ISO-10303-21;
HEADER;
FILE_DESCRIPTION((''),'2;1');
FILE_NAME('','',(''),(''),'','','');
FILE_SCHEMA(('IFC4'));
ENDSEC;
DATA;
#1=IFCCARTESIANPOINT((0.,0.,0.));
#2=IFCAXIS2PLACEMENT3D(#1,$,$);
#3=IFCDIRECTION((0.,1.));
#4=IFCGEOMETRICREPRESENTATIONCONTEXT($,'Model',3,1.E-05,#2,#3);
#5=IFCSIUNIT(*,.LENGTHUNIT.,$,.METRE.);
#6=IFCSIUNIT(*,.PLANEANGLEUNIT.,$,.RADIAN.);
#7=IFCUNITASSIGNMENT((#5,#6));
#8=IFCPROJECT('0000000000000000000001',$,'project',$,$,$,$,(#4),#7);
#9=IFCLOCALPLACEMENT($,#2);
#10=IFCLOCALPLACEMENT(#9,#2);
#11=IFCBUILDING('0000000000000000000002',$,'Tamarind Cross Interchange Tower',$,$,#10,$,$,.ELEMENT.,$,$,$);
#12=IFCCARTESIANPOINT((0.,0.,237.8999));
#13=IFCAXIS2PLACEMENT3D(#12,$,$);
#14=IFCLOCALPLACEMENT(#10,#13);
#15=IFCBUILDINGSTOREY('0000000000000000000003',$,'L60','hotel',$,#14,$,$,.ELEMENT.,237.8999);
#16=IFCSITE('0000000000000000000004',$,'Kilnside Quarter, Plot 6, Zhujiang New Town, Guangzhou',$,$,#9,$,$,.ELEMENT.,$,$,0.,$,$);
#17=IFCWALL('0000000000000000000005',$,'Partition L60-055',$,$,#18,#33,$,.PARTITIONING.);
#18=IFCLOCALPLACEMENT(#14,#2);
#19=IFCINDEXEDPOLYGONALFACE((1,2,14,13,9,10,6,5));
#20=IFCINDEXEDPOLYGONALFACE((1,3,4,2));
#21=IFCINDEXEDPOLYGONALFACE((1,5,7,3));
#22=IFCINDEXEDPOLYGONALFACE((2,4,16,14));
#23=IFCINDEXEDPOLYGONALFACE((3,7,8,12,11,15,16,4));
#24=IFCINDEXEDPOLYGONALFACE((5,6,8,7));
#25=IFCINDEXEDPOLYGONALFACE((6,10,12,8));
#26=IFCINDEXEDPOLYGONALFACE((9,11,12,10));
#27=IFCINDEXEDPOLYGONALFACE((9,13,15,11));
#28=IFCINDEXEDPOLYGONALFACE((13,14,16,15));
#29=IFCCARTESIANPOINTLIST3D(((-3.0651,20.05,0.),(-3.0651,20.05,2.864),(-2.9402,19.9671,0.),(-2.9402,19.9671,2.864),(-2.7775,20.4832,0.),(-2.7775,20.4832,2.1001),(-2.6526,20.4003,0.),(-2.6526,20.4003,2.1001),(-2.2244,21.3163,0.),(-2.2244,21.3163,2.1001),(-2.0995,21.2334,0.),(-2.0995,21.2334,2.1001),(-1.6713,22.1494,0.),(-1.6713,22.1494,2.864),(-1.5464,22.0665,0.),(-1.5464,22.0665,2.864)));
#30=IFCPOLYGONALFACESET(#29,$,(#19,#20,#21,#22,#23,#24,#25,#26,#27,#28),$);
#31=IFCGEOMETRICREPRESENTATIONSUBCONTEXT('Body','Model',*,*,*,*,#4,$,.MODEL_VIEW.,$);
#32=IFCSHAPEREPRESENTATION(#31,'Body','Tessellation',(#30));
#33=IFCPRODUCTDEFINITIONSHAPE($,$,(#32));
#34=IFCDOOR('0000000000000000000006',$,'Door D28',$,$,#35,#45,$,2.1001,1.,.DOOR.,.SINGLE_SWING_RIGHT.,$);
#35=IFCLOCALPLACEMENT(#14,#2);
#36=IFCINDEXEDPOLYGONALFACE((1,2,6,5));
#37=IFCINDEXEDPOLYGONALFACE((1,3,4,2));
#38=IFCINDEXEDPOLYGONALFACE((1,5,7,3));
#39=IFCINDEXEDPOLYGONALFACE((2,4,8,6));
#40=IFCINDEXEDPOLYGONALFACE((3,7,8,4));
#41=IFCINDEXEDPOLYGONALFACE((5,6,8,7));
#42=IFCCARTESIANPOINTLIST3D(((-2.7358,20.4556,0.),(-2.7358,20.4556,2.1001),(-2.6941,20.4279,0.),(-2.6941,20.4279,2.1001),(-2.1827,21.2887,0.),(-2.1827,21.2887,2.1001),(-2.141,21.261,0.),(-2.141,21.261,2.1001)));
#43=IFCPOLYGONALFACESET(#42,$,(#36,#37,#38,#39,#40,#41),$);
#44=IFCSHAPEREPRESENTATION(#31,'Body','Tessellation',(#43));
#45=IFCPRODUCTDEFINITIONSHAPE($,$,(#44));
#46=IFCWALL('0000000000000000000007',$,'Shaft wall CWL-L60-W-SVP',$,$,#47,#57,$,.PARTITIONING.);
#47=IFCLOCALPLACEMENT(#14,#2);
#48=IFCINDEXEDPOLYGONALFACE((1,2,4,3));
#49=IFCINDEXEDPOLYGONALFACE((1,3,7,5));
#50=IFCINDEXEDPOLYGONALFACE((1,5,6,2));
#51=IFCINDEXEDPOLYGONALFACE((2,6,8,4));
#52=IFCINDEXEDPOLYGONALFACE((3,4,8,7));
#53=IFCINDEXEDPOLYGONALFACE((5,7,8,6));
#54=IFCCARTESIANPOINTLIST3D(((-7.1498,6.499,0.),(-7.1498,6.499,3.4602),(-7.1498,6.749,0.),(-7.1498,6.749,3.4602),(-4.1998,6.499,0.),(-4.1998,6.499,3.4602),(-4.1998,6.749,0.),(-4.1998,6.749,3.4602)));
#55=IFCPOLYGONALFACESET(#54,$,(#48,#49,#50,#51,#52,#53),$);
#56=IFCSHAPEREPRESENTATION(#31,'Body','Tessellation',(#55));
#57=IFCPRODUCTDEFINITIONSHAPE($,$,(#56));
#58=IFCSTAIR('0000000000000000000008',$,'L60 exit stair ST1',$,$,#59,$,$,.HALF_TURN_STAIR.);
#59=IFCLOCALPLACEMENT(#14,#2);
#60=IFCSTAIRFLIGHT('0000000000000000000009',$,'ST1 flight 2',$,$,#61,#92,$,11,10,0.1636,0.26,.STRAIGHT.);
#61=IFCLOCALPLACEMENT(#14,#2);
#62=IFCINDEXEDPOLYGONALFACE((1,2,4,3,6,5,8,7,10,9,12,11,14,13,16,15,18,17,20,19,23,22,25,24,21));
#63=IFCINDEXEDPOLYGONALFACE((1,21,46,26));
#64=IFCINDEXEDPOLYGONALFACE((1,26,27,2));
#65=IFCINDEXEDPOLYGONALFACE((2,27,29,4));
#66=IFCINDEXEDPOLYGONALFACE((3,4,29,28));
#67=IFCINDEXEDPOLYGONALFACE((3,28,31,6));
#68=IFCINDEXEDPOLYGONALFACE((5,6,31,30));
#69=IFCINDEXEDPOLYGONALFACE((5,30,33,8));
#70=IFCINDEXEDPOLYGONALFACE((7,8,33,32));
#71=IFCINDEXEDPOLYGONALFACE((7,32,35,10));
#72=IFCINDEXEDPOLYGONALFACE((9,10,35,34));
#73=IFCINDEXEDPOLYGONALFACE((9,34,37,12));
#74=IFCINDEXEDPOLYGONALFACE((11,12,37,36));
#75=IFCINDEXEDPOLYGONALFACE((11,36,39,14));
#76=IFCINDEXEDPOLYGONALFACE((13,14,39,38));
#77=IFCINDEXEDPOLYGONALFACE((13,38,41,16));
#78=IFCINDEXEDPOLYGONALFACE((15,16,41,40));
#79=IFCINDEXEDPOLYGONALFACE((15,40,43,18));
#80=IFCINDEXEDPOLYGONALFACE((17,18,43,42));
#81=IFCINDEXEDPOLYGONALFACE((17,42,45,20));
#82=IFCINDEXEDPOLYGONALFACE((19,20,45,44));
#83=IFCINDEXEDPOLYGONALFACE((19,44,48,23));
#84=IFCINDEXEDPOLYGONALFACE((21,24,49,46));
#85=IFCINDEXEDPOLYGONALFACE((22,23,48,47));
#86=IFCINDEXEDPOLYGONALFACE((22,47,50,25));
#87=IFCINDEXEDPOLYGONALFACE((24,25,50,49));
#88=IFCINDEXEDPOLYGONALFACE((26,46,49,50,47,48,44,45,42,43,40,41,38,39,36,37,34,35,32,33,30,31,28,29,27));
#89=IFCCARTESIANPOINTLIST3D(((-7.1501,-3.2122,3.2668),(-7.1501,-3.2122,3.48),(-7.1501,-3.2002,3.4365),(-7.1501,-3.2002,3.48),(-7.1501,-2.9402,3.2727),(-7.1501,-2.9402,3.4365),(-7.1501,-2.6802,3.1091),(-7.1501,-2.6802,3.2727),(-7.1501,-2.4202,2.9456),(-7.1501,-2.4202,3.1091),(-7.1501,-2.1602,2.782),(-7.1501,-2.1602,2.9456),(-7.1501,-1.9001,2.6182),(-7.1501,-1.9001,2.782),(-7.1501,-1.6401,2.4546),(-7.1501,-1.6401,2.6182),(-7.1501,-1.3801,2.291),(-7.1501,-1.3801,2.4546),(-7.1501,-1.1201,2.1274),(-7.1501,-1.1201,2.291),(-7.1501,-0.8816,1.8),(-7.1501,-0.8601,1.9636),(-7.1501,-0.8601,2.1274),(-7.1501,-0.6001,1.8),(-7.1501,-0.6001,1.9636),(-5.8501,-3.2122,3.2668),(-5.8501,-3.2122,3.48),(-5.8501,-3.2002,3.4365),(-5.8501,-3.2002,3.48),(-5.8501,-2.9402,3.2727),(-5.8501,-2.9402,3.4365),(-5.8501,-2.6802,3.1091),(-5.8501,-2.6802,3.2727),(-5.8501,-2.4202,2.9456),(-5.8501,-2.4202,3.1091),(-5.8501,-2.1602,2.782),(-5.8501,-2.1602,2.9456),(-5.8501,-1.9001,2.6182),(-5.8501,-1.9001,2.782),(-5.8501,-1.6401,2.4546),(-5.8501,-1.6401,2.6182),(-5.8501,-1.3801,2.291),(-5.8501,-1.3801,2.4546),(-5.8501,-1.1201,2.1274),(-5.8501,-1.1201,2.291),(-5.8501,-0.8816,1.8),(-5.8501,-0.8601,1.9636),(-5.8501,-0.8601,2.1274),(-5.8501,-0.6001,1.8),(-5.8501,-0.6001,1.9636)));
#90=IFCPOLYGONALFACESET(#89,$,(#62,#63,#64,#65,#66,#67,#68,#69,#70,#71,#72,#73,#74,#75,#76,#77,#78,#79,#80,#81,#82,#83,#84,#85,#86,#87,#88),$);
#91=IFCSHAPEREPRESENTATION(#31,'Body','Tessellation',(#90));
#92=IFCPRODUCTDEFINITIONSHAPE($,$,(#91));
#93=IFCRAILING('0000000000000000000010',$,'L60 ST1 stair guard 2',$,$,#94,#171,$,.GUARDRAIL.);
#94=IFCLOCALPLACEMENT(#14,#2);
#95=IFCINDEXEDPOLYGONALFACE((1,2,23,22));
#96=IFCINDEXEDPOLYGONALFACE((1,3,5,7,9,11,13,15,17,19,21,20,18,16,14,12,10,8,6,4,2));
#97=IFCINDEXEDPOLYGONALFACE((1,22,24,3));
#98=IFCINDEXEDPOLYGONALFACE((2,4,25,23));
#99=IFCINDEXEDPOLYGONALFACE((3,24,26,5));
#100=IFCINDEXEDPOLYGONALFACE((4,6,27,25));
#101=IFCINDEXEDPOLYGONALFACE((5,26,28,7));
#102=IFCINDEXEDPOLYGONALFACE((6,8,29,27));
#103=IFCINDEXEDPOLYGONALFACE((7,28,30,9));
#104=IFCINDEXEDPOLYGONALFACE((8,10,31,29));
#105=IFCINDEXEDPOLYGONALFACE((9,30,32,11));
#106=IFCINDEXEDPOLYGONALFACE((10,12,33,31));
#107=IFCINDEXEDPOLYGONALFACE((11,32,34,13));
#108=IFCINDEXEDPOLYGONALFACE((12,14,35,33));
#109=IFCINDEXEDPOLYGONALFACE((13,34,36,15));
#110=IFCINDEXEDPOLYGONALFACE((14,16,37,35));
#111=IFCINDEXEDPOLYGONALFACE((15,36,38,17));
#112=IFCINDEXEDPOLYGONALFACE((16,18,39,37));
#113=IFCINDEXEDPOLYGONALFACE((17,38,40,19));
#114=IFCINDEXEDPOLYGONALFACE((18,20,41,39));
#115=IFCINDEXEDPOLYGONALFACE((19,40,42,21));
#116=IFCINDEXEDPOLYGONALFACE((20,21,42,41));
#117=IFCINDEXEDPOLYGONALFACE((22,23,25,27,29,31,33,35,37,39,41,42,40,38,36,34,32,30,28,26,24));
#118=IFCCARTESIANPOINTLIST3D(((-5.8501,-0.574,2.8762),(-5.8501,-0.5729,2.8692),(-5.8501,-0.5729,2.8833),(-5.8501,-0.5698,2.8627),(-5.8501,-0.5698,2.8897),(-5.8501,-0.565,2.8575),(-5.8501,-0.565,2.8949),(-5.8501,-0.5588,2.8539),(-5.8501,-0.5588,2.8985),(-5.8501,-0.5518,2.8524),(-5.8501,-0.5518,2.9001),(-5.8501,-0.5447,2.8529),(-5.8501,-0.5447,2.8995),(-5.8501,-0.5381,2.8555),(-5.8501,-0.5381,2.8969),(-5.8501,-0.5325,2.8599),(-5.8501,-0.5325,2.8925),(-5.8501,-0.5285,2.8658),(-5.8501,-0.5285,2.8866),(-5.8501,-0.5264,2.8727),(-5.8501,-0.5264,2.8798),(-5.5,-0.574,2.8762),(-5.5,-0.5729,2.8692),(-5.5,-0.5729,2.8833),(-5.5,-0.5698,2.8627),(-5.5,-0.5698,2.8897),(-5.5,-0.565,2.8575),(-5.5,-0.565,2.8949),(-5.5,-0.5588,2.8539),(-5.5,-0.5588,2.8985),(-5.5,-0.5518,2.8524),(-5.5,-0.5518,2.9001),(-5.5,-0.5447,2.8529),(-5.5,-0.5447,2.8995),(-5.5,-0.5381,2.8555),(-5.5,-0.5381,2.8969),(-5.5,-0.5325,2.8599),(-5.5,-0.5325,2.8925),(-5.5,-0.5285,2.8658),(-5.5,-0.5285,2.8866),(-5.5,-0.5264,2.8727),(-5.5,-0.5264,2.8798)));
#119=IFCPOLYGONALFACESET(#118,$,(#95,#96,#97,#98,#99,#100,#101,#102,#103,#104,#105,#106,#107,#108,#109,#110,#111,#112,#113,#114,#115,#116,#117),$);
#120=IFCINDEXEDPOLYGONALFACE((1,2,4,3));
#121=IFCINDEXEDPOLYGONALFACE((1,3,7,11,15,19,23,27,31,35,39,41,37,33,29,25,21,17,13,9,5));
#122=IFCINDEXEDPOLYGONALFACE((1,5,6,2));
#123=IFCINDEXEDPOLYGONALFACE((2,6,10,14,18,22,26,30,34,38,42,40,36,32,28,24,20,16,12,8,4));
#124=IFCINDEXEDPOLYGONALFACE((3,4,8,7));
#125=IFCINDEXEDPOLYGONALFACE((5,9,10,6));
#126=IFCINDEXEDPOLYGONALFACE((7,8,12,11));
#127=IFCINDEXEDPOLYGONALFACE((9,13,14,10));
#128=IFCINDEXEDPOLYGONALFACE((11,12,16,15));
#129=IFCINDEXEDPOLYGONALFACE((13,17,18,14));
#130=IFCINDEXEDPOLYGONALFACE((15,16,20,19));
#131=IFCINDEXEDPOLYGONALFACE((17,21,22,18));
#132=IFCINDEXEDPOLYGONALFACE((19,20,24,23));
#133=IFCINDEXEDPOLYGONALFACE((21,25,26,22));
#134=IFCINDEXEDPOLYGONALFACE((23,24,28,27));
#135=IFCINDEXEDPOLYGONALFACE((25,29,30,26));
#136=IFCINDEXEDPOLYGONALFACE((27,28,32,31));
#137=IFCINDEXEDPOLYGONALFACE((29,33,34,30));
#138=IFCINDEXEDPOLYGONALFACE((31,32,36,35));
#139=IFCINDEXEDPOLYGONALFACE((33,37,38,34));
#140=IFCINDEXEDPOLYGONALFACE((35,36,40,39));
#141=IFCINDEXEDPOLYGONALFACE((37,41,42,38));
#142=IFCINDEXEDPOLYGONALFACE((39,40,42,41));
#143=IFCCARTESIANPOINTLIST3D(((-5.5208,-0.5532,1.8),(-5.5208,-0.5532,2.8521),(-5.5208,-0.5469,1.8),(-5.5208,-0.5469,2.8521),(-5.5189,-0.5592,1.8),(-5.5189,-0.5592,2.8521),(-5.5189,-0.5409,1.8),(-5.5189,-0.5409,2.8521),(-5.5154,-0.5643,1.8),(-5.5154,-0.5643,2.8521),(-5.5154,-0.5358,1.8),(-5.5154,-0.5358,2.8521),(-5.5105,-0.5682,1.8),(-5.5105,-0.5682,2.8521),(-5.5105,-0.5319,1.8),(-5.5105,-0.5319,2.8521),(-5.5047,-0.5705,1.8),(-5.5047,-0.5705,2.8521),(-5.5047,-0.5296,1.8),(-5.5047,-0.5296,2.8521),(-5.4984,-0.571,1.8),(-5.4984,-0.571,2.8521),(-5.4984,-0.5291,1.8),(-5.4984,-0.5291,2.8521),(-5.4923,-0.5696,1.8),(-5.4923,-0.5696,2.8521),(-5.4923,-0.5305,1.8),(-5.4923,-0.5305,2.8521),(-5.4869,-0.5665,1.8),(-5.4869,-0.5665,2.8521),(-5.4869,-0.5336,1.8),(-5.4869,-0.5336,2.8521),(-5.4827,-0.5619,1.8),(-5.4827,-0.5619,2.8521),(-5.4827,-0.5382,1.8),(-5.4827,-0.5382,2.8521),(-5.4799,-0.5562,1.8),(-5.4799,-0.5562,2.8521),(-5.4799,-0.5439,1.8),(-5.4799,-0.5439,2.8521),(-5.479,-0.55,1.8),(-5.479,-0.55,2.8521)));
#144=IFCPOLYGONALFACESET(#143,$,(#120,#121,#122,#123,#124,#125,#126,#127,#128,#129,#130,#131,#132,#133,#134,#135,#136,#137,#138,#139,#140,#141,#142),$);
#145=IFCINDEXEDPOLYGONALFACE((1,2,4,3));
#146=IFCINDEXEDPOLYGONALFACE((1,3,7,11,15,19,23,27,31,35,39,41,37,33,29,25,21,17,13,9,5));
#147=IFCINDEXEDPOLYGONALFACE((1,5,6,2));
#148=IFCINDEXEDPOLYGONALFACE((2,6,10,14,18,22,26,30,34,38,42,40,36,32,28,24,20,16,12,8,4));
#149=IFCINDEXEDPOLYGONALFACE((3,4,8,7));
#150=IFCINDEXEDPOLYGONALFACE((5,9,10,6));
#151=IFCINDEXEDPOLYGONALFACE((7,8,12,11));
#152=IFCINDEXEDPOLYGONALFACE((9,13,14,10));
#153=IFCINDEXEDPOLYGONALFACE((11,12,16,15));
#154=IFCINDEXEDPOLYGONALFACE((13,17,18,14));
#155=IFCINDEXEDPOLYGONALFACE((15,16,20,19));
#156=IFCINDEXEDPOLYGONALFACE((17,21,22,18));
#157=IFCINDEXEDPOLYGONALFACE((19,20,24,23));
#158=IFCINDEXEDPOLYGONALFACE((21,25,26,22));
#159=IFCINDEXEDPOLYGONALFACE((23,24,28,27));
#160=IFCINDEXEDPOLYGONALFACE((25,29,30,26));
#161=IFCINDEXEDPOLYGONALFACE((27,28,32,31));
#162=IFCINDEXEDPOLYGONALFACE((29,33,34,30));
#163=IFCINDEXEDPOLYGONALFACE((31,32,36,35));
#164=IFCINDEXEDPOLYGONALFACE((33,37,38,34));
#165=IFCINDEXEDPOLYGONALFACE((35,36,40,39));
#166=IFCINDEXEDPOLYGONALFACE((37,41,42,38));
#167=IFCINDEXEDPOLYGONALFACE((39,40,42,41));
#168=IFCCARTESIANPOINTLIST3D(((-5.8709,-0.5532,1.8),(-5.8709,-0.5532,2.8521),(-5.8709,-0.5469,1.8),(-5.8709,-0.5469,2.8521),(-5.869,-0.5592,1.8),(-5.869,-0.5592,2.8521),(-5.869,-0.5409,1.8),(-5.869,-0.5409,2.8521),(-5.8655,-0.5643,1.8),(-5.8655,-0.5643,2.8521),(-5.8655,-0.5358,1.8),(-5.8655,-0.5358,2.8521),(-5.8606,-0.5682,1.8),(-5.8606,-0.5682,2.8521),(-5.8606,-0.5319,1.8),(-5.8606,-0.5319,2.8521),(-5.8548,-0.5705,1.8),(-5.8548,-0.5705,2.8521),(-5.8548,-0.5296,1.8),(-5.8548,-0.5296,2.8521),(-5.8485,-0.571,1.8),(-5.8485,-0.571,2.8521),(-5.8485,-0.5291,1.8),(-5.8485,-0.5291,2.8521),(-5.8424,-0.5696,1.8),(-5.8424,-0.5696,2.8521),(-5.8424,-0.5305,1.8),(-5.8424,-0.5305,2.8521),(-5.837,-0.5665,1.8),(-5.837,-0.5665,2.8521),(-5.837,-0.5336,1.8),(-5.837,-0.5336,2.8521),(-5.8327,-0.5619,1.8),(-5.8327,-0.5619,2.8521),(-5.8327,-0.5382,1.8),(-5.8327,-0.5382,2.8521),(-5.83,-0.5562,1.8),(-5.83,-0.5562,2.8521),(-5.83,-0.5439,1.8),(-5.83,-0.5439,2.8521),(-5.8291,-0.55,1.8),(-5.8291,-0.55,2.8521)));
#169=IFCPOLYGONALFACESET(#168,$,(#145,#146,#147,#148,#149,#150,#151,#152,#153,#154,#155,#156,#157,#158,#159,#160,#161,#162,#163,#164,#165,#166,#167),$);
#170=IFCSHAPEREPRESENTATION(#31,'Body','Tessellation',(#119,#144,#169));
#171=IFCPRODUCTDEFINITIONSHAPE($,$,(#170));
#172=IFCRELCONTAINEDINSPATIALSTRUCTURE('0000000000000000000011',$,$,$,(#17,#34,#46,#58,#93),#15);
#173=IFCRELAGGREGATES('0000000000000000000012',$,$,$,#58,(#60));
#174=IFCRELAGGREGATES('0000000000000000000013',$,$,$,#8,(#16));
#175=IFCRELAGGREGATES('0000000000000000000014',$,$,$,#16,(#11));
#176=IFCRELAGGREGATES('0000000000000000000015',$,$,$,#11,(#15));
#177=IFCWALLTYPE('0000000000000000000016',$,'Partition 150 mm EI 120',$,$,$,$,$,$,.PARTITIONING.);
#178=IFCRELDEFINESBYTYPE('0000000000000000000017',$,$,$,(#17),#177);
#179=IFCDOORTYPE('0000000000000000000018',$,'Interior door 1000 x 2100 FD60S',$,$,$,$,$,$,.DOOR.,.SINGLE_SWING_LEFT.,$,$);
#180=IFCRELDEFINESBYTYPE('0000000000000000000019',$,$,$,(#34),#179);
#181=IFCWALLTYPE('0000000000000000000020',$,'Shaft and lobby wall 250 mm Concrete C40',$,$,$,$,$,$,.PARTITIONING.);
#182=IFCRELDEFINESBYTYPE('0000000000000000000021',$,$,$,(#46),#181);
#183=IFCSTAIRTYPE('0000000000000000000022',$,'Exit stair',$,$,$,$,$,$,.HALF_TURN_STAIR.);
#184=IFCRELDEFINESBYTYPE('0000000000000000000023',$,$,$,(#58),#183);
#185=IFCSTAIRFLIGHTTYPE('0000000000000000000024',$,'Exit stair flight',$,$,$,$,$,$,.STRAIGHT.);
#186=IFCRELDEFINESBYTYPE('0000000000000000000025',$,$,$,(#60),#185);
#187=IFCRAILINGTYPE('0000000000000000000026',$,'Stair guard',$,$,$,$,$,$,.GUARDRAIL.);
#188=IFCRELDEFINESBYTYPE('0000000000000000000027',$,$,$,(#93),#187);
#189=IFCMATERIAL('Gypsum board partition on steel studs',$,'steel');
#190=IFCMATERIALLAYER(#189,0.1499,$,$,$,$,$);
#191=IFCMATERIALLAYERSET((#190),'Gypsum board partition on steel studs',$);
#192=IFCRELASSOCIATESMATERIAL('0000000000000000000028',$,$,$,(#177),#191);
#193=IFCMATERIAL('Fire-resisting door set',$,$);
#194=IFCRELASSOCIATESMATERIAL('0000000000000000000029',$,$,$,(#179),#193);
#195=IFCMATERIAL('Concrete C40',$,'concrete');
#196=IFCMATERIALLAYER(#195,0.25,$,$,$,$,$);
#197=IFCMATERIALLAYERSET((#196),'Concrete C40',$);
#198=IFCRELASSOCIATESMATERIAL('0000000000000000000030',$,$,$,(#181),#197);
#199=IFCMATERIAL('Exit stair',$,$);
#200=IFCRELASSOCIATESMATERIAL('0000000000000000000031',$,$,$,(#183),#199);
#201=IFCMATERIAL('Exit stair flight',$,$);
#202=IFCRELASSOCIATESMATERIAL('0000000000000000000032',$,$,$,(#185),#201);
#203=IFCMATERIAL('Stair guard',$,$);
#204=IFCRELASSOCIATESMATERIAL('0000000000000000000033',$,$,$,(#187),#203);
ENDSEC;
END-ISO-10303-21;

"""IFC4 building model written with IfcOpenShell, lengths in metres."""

from ifc_helpers import new_model, si_unit, direction, frame, frame_2d, origin, origin_2d, place, context, subcontext, project, spatial, polyline, rectangle, circle, outline, extrude, material, layer, layer_set, type_object, element, fill, aggregate, save


model = new_model("IFC4")

# Units and contexts
model_context = context("Model", 3, precision=1e-05, world=origin(), true_north=direction((0.0, 1.0)))
body_context = subcontext(model_context, "Body", "Model", "MODEL_VIEW")
ifc_project = project(units=[si_unit("LENGTHUNIT", "METRE"), si_unit("PLANEANGLEUNIT", "RADIAN")], contexts=[model_context])

# Site, building, storey
site_placement = place(None, origin())
site = spatial("IfcSite", under=ifc_project, at=site_placement, Name="Kilnside Quarter, Plot 6, Zhujiang New Town, Guangzhou", CompositionType="ELEMENT", RefElevation=0.0)
building_placement = place(site_placement, origin())
building = spatial("IfcBuilding", under=site, at=building_placement, Name="Tamarind Cross Interchange Tower", CompositionType="ELEMENT")
storey_placement = place(building_placement, frame((0.0, 0.0, 237.8999)))
storey = spatial("IfcBuildingStorey", under=building, at=storey_placement, Name="L60", Description="hotel", CompositionType="ELEMENT", Elevation=237.8999)

# Shared definitions
ifc_material_1 = material(Name="Gypsum board partition on steel studs", Category="steel")
ifc_layer_1 = layer(ifc_material_1, 0.1499)
ifc_layer_set_1 = layer_set([ifc_layer_1], Name="Gypsum board partition on steel studs")
wall_type_1 = type_object("IfcWallType", Name="Partition 150 mm EI 120", PredefinedType="PARTITIONING", material=ifc_layer_set_1)

# Shared definitions
ifc_material_2 = material(Name="Fire-resisting door set")

# Wall, opening, door
wall_1_placement = place(storey_placement, frame((-3.0027, 20.0085, 0.0), z_axis=(0.0, 0.0, 1.0), x_axis=(0.553112, 0.833107, 0.0)))
wall_1 = element("IfcWall", 1, at=wall_1_placement, inside=storey, type_object=wall_type_1, Name="Partition L60-055", PredefinedType="PARTITIONING", context=body_context, shape_type="SweptSolid", body=[
    extrude(rectangle(XDim=2.52, YDim=0.1499, at=frame_2d((1.26, 0.0))), origin(), (0.0, 0.0, 1.0), 2.864),
])
opening_1_placement = place(wall_1_placement, frame((0.52, 0.0, 0.0)))
opening_1 = element("IfcOpeningElement", 2, at=opening_1_placement, cuts=wall_1, PredefinedType="OPENING", context=body_context, shape_type="SweptSolid", body=[
    extrude(rectangle(XDim=1.0, YDim=2.1001, at=frame_2d((0.5, 1.05))), frame((0.0, 0.085, 0.0), z_axis=(0.0, -1.0, 0.0), x_axis=(1.0, 0.0, 0.0)), (0.0, 0.0, 1.0), 0.1699),
])
door_type_1 = type_object("IfcDoorType", Name="Interior door 1000 x 2100 FD60S", OperationType="SINGLE_SWING_LEFT", PredefinedType="DOOR", material=ifc_material_2)
door_1_placement = place(opening_1_placement, origin())
door_1 = element("IfcDoor", 3, at=door_1_placement, inside=storey, type_object=door_type_1, Name="Door D28", OperationType="SINGLE_SWING_RIGHT", OverallHeight=2.1001, OverallWidth=1.0, PredefinedType="DOOR", context=body_context, shape_type="SweptSolid", body=[
    extrude(rectangle(XDim=1.0, YDim=2.1001, at=frame_2d((0.5, 1.05))), frame((0.0, 0.0249, 0.0), z_axis=(0.0, -1.0, 0.0), x_axis=(1.0, 0.0, 0.0)), (0.0, 0.0, 1.0), 0.05),
])
fill(opening_1, door_1)

# Wall
ifc_material_3 = material(Name="Concrete C40", Category="concrete")
ifc_layer_2 = layer(ifc_material_3, 0.25)
ifc_layer_set_2 = layer_set([ifc_layer_2], Name="Concrete C40")
wall_type_2 = type_object("IfcWallType", Name="Shaft and lobby wall 250 mm Concrete C40", PredefinedType="PARTITIONING", material=ifc_layer_set_2)
wall_2_placement = place(storey_placement, frame((-7.1499, 6.624, 0.0), z_axis=(0.0, 0.0, 1.0), x_axis=(1.0, 0.0, 0.0)))
element("IfcWall", 4, at=wall_2_placement, inside=storey, type_object=wall_type_2, Name="Shaft wall CWL-L60-W-SVP", PredefinedType="PARTITIONING", context=body_context, shape_type="SweptSolid", body=[
    extrude(rectangle(XDim=2.95, YDim=0.25, at=frame_2d((1.4751, 0.0))), origin(), (0.0, 0.0, 1.0), 3.4602),
])

# Stair, stair flight
ifc_material_4 = material(Name="Exit stair")
stair_type = type_object("IfcStairType", Name="Exit stair", PredefinedType="HALF_TURN_STAIR", material=ifc_material_4)
stair_placement = place(storey_placement, origin())
stair = element("IfcStair", 5, at=stair_placement, inside=storey, type_object=stair_type, Name="L60 exit stair ST1", PredefinedType="HALF_TURN_STAIR")
ifc_material_5 = material(Name="Exit stair flight")
stair_flight_type = type_object("IfcStairFlightType", Name="Exit stair flight", PredefinedType="STRAIGHT", material=ifc_material_5)
stair_flight_placement = place(storey_placement, frame((-6.5, -0.6001, 1.8), z_axis=(0.0, 0.0, 1.0), x_axis=(0.0, -1.0, 0.0)))
stair_flight = element("IfcStairFlight", 6, at=stair_flight_placement, type_object=stair_flight_type, Name="ST1 flight 2", NumberOfRisers=11, NumberOfTreads=10, PredefinedType="STRAIGHT", RiserHeight=0.1636, TreadLength=0.26, context=body_context, shape_type="SweptSolid", body=[
    extrude(outline(polyline([(0.0, 0.0), (0.0, 0.1636), (0.26, 0.1636), (0.26, 0.3274), (0.52, 0.3274), (0.52, 0.491), (0.78, 0.491), (0.78, 0.6545), (1.04, 0.6545), (1.04, 0.8181), (1.3, 0.8181), (1.3, 0.9819), (1.5601, 0.9819), (1.5601, 1.1455), (1.8201, 1.1455), (1.8201, 1.3091), (2.0801, 1.3091), (2.0801, 1.4727), (2.3401, 1.4727), (2.3401, 1.6365), (2.6001, 1.6365), (2.6001, 1.6799), (2.6121, 1.6799), (2.6121, 1.4668), (0.2815, 0.0), (0.0, 0.0)])), frame((0.0, 0.6499, 0.0), z_axis=(0.0, -1.0, 0.0), x_axis=(1.0, 0.0, 0.0)), (0.0, 0.0, 1.0), 1.3),
])
aggregate(stair, [stair_flight])

# Railing
ifc_material_6 = material(Name="Stair guard")
railing_type_1 = type_object("IfcRailingType", Name="Stair guard", PredefinedType="GUARDRAIL", material=ifc_material_6)
railing_1_placement = place(storey_placement, frame((-5.5, -0.55, 1.8)))
element("IfcRailing", 7, at=railing_1_placement, inside=storey, type_object=railing_type_1, Name="L60 ST1 stair guard 2", PredefinedType="GUARDRAIL", context=body_context, shape_type="SweptSolid", body=[
    extrude(circle(Radius=0.0239, at=origin_2d()), frame((0.0, 0.0, 1.0762), z_axis=(-1.0, 0.0, 0.0), x_axis=(0.0, -1.0, 0.0)), (0.0, 0.0, 1.0), 0.3501),
    extrude(circle(Radius=0.021, at=origin_2d()), origin(), (0.0, 0.0, 1.0), 1.052),
    extrude(circle(Radius=0.021, at=origin_2d()), frame((-0.3501, 0.0, 0.0)), (0.0, 0.0, 1.0), 1.052),
])

save(model, "model.ifc")
